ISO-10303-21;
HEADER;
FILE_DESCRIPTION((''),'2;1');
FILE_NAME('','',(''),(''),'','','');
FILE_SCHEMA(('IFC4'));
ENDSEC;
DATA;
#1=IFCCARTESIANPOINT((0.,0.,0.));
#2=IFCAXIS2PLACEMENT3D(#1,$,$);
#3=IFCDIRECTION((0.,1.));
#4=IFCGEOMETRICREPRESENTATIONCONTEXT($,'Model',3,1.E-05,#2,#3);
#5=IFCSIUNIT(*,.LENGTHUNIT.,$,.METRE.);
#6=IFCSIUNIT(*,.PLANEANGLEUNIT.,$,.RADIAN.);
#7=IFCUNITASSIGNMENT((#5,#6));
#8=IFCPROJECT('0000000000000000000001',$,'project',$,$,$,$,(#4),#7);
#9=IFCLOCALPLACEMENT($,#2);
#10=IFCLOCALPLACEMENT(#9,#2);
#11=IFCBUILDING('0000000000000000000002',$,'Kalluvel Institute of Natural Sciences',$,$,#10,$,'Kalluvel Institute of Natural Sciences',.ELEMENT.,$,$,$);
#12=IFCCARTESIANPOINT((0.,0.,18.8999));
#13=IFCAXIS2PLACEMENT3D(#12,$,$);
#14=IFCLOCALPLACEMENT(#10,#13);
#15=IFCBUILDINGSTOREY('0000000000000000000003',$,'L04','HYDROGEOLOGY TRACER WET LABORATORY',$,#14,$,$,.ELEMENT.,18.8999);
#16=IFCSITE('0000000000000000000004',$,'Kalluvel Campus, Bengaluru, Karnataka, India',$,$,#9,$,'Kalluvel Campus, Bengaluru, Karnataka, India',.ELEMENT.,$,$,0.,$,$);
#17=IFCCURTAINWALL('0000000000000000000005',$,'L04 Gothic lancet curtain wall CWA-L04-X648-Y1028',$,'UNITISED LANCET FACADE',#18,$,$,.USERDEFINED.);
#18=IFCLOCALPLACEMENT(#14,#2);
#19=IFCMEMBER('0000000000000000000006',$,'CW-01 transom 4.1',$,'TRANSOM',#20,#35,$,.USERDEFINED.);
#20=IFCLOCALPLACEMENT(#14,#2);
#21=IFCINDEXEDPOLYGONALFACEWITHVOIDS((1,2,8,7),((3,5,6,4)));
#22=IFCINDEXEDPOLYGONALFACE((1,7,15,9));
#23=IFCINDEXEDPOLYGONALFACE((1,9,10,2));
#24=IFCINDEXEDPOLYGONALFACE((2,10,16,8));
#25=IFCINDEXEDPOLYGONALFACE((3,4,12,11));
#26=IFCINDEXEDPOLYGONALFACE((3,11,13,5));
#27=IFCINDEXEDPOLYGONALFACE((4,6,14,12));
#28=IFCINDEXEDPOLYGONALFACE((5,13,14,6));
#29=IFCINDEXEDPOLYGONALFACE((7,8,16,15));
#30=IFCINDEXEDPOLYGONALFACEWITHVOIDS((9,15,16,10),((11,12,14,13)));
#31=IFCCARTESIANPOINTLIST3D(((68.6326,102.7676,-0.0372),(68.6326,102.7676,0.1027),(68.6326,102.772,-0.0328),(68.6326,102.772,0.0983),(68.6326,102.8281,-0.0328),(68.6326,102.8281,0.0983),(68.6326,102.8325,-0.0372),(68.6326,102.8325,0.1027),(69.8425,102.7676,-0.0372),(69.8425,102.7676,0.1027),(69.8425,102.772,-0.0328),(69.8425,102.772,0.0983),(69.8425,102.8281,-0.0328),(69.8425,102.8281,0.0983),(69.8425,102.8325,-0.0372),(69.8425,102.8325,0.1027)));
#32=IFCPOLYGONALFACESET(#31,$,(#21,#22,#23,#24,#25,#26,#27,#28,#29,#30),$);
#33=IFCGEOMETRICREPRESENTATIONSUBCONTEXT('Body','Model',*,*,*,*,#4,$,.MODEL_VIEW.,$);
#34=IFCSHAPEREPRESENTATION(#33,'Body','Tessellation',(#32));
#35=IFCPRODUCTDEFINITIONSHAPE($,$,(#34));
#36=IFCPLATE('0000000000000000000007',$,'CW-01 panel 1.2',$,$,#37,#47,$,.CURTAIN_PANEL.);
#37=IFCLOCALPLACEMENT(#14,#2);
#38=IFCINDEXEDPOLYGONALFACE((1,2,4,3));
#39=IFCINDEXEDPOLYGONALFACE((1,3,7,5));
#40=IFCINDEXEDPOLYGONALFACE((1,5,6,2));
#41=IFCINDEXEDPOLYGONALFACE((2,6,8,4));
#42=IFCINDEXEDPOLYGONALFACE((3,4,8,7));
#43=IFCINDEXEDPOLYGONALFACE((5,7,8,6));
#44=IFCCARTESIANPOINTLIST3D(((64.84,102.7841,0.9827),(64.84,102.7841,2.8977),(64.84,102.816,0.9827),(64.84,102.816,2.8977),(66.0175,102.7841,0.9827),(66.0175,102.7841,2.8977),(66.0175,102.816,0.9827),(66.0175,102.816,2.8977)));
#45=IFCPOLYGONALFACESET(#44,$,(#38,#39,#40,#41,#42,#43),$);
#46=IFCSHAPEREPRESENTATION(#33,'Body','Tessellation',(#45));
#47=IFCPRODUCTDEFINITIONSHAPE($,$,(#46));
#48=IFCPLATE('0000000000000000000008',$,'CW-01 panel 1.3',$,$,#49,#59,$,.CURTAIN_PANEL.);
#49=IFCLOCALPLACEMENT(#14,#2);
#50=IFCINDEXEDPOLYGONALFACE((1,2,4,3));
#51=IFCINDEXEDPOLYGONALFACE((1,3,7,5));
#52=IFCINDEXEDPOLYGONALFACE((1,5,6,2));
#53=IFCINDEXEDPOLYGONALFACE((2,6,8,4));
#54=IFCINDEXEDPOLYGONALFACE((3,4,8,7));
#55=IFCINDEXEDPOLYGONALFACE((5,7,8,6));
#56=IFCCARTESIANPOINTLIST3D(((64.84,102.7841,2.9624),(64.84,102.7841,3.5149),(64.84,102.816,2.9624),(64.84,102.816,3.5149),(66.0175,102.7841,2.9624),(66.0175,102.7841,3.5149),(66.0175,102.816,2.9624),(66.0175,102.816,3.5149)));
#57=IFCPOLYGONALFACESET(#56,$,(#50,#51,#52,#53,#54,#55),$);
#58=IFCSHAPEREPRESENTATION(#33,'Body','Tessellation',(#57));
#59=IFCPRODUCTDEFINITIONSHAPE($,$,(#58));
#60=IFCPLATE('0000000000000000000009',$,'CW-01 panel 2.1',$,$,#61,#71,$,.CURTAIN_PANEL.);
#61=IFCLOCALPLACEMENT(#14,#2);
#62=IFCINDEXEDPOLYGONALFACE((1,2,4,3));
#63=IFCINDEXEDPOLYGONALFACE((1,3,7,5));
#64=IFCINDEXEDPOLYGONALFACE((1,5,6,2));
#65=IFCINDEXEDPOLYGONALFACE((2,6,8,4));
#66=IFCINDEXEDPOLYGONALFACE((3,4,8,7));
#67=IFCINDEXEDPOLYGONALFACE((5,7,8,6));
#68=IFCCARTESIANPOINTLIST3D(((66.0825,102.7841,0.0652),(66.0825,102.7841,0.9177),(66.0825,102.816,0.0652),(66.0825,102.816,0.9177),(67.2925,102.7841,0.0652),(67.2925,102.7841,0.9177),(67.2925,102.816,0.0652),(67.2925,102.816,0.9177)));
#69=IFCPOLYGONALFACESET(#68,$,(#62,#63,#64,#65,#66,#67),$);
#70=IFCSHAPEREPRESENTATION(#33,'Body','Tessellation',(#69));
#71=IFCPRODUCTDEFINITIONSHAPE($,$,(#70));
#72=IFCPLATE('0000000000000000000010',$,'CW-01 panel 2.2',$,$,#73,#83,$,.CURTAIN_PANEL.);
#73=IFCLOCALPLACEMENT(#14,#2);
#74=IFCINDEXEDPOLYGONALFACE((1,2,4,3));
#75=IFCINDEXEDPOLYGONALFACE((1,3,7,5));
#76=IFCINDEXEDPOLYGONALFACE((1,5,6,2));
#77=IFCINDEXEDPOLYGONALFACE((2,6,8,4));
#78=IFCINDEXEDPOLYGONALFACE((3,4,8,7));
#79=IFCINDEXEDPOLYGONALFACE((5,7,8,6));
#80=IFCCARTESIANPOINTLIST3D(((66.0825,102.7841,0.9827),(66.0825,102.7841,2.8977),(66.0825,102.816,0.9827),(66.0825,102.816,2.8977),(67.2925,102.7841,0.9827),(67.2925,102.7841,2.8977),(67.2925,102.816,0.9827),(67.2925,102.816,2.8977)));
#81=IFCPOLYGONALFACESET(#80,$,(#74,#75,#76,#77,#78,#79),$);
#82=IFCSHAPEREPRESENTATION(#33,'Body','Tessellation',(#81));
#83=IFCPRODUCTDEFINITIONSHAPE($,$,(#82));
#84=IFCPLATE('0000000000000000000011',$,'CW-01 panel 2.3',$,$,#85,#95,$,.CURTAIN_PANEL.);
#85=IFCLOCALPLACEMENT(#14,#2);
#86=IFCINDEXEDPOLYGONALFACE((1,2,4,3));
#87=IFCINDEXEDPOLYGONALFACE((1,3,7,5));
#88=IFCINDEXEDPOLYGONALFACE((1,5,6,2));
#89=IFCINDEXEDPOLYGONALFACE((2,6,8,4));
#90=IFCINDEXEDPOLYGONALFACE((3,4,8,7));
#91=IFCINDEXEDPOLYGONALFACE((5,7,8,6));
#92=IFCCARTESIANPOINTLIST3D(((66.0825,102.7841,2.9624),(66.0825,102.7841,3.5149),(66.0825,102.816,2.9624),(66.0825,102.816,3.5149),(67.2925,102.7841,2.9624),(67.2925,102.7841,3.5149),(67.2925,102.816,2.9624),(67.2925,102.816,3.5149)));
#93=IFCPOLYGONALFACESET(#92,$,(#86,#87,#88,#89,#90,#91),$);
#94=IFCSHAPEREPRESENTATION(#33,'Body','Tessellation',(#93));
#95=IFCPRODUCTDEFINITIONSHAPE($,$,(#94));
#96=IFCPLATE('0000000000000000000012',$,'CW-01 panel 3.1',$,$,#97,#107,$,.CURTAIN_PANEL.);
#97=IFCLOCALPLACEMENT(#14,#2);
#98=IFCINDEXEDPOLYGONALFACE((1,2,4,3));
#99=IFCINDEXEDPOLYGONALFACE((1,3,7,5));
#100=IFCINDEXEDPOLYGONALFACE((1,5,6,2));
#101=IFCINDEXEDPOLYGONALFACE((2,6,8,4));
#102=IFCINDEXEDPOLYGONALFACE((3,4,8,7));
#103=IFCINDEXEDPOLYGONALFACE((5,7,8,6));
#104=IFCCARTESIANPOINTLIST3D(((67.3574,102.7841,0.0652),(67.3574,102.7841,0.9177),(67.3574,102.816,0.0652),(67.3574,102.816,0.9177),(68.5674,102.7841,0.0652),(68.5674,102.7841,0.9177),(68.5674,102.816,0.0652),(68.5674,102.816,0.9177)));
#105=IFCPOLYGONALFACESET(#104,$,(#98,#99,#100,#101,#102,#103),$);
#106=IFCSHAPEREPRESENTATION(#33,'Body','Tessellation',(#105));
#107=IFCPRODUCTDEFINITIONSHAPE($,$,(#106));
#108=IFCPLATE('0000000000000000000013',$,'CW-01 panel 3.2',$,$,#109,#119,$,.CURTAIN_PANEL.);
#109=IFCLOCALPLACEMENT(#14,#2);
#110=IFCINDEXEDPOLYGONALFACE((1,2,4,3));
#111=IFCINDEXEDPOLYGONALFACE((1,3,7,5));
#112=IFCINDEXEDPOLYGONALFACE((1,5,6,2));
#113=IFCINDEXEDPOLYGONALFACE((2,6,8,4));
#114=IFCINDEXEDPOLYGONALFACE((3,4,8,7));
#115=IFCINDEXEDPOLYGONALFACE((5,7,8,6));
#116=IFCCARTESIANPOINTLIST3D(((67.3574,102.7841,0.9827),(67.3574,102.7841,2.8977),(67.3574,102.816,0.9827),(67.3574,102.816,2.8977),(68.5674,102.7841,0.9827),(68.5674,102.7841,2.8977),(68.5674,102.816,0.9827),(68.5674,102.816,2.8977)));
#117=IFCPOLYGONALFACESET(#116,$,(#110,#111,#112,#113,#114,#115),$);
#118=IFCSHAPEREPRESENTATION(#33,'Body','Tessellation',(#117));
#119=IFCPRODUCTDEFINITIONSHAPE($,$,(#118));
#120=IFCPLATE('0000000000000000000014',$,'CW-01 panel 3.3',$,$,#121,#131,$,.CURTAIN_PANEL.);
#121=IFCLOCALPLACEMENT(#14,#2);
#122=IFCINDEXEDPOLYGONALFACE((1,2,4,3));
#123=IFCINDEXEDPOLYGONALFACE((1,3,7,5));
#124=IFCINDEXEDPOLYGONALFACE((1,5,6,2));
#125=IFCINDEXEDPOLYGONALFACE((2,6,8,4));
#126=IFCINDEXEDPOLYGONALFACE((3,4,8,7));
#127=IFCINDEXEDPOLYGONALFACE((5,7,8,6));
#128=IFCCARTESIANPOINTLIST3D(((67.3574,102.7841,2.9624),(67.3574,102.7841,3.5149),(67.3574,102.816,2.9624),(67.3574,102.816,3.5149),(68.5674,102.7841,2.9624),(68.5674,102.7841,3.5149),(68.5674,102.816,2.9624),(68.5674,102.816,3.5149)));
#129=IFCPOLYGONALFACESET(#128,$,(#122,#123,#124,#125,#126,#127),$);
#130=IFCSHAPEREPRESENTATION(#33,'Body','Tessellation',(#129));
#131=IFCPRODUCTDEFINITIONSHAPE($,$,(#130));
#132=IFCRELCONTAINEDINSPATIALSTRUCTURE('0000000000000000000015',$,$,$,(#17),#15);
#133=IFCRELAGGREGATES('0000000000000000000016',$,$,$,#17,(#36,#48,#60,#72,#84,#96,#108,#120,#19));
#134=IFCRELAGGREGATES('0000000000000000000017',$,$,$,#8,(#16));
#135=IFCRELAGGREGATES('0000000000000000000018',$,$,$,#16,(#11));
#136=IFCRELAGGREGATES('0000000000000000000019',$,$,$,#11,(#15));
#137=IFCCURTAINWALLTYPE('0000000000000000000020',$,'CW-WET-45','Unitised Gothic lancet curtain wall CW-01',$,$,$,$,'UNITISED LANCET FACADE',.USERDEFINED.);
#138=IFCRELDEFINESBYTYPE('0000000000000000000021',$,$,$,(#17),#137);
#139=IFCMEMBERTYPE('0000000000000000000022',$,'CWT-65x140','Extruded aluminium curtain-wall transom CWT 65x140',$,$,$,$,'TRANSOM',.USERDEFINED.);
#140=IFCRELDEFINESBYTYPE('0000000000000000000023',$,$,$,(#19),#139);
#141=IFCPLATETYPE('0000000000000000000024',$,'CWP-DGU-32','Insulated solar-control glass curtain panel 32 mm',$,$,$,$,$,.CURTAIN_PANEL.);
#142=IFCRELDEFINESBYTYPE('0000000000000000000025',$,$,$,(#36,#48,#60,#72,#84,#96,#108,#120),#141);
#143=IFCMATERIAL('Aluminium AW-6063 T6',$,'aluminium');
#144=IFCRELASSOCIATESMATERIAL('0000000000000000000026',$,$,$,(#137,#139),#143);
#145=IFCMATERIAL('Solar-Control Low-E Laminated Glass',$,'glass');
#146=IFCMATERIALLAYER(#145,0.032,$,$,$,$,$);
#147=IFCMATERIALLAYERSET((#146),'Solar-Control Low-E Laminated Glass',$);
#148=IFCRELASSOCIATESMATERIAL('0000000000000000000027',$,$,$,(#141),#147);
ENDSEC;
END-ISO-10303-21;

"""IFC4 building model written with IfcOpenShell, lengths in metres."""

from ifc_helpers import new_model, si_unit, direction, frame, origin, origin_2d, place, context, subcontext, project, spatial, rectangle, hollow_rectangle, extrude, material, layer, layer_set, material_profile, profile_set, type_object, element, aggregate, save


model = new_model("IFC4")

# Units and contexts
model_context = context("Model", 3, precision=1e-05, world=origin(), true_north=direction((0.0, 1.0)))
body_context = subcontext(model_context, "Body", "Model", "MODEL_VIEW")
ifc_project = project(units=[si_unit("LENGTHUNIT", "METRE"), si_unit("PLANEANGLEUNIT", "RADIAN")], contexts=[model_context])

# Site, building, storey
site_placement = place(None, origin())
site = spatial("IfcSite", under=ifc_project, at=site_placement, Name="Kalluvel Campus, Bengaluru, Karnataka, India", LongName="Kalluvel Campus, Bengaluru, Karnataka, India", CompositionType="ELEMENT", RefElevation=0.0)
building_placement = place(site_placement, origin())
building = spatial("IfcBuilding", under=site, at=building_placement, Name="Kalluvel Institute of Natural Sciences", LongName="Kalluvel Institute of Natural Sciences", CompositionType="ELEMENT")
storey_placement = place(building_placement, frame((0.0, 0.0, 18.8999)))
storey = spatial("IfcBuildingStorey", under=building, at=storey_placement, Name="L04", Description="HYDROGEOLOGY TRACER WET LABORATORY", CompositionType="ELEMENT", Elevation=18.8999)

# Curtain wall, member, plates
ifc_material_1 = material(Name="Aluminium AW-6063 T6", Category="aluminium")
curtain_wall_type = type_object("IfcCurtainWallType", Name="CW-WET-45", Description="Unitised Gothic lancet curtain wall CW-01", ElementType="UNITISED LANCET FACADE", PredefinedType="USERDEFINED", material=ifc_material_1)
curtain_wall_placement = place(storey_placement, origin())
curtain_wall = element("IfcCurtainWall", 1, at=curtain_wall_placement, inside=storey, type_object=curtain_wall_type, Name="L04 Gothic lancet curtain wall CWA-L04-X648-Y1028", ObjectType="UNITISED LANCET FACADE", PredefinedType="USERDEFINED")
ifc_material_profile_1 = material_profile(ifc_material_1, hollow_rectangle(XDim=0.0649, YDim=0.1399, WallThickness=0.0044, at=origin_2d()), Name="CWT 65x140")
ifc_profile_set_1 = profile_set([ifc_material_profile_1], Name="Aluminium AW-6063 T6")
member_type_1 = type_object("IfcMemberType", Name="CWT-65x140", Description="Extruded aluminium curtain-wall transom CWT 65x140", ElementType="TRANSOM", PredefinedType="USERDEFINED", material=ifc_profile_set_1)
member_1_placement = place(storey_placement, frame((68.6326, 102.8, 0.0327), z_axis=(1.0, 0.0, 0.0), x_axis=(0.0, 1.0, 0.0)))
member_1 = element("IfcMember", 2, at=member_1_placement, type_object=member_type_1, Name="CW-01 transom 4.1", ObjectType="TRANSOM", PredefinedType="USERDEFINED", context=body_context, shape_type="SweptSolid", body=[
    extrude(hollow_rectangle(XDim=0.0649, YDim=0.1399, WallThickness=0.0044, at=origin_2d()), origin(), (0.0, 0.0, 1.0), 1.21),
])
ifc_material_2 = material(Name="Solar-Control Low-E Laminated Glass", Category="glass")
ifc_layer = layer(ifc_material_2, 0.032)
ifc_layer_set = layer_set([ifc_layer], Name="Solar-Control Low-E Laminated Glass")
plate_type = type_object("IfcPlateType", Name="CWP-DGU-32", Description="Insulated solar-control glass curtain panel 32 mm", PredefinedType="CURTAIN_PANEL", material=ifc_layer_set)
plate_1_placement = place(storey_placement, frame((65.4287, 102.8, 0.9827), z_axis=(0.0, 0.0, 1.0), x_axis=(1.0, 0.0, 0.0)))
plate_1 = element("IfcPlate", 3, at=plate_1_placement, type_object=plate_type, Name="CW-01 panel 1.2", PredefinedType="CURTAIN_PANEL", context=body_context, shape_type="SweptSolid", body=[
    extrude(rectangle(XDim=1.1775, YDim=0.032, at=origin_2d()), origin(), (0.0, 0.0, 1.0), 1.915),
])
plate_2_placement = place(storey_placement, frame((65.4287, 102.8, 2.9624), z_axis=(0.0, 0.0, 1.0), x_axis=(1.0, 0.0, 0.0)))
plate_2 = element("IfcPlate", 4, at=plate_2_placement, type_object=plate_type, Name="CW-01 panel 1.3", PredefinedType="CURTAIN_PANEL", context=body_context, shape_type="SweptSolid", body=[
    extrude(rectangle(XDim=1.1775, YDim=0.032, at=origin_2d()), origin(), (0.0, 0.0, 1.0), 0.5525),
])
plate_3_placement = place(storey_placement, frame((66.6875, 102.8, 0.0652), z_axis=(0.0, 0.0, 1.0), x_axis=(1.0, 0.0, 0.0)))
plate_3 = element("IfcPlate", 5, at=plate_3_placement, type_object=plate_type, Name="CW-01 panel 2.1", PredefinedType="CURTAIN_PANEL", context=body_context, shape_type="SweptSolid", body=[
    extrude(rectangle(XDim=1.21, YDim=0.032, at=origin_2d()), origin(), (0.0, 0.0, 1.0), 0.8525),
])
plate_4_placement = place(storey_placement, frame((66.6875, 102.8, 0.9827), z_axis=(0.0, 0.0, 1.0), x_axis=(1.0, 0.0, 0.0)))
plate_4 = element("IfcPlate", 6, at=plate_4_placement, type_object=plate_type, Name="CW-01 panel 2.2", PredefinedType="CURTAIN_PANEL", context=body_context, shape_type="SweptSolid", body=[
    extrude(rectangle(XDim=1.21, YDim=0.032, at=origin_2d()), origin(), (0.0, 0.0, 1.0), 1.915),
])
plate_5_placement = place(storey_placement, frame((66.6875, 102.8, 2.9624), z_axis=(0.0, 0.0, 1.0), x_axis=(1.0, 0.0, 0.0)))
plate_5 = element("IfcPlate", 7, at=plate_5_placement, type_object=plate_type, Name="CW-01 panel 2.3", PredefinedType="CURTAIN_PANEL", context=body_context, shape_type="SweptSolid", body=[
    extrude(rectangle(XDim=1.21, YDim=0.032, at=origin_2d()), origin(), (0.0, 0.0, 1.0), 0.5525),
])
plate_6_placement = place(storey_placement, frame((67.9624, 102.8, 0.0652), z_axis=(0.0, 0.0, 1.0), x_axis=(1.0, 0.0, 0.0)))
plate_6 = element("IfcPlate", 8, at=plate_6_placement, type_object=plate_type, Name="CW-01 panel 3.1", PredefinedType="CURTAIN_PANEL", context=body_context, shape_type="SweptSolid", body=[
    extrude(rectangle(XDim=1.21, YDim=0.032, at=origin_2d()), origin(), (0.0, 0.0, 1.0), 0.8525),
])
plate_7_placement = place(storey_placement, frame((67.9624, 102.8, 0.9827), z_axis=(0.0, 0.0, 1.0), x_axis=(1.0, 0.0, 0.0)))
plate_7 = element("IfcPlate", 9, at=plate_7_placement, type_object=plate_type, Name="CW-01 panel 3.2", PredefinedType="CURTAIN_PANEL", context=body_context, shape_type="SweptSolid", body=[
    extrude(rectangle(XDim=1.21, YDim=0.032, at=origin_2d()), origin(), (0.0, 0.0, 1.0), 1.915),
])
plate_8_placement = place(storey_placement, frame((67.9624, 102.8, 2.9624), z_axis=(0.0, 0.0, 1.0), x_axis=(1.0, 0.0, 0.0)))
plate_8 = element("IfcPlate", 10, at=plate_8_placement, type_object=plate_type, Name="CW-01 panel 3.3", PredefinedType="CURTAIN_PANEL", context=body_context, shape_type="SweptSolid", body=[
    extrude(rectangle(XDim=1.21, YDim=0.032, at=origin_2d()), origin(), (0.0, 0.0, 1.0), 0.5525),
])
aggregate(curtain_wall, [plate_1, plate_2, plate_3, plate_4, plate_5, plate_6, plate_7, plate_8, member_1])

save(model, "model.ifc")
